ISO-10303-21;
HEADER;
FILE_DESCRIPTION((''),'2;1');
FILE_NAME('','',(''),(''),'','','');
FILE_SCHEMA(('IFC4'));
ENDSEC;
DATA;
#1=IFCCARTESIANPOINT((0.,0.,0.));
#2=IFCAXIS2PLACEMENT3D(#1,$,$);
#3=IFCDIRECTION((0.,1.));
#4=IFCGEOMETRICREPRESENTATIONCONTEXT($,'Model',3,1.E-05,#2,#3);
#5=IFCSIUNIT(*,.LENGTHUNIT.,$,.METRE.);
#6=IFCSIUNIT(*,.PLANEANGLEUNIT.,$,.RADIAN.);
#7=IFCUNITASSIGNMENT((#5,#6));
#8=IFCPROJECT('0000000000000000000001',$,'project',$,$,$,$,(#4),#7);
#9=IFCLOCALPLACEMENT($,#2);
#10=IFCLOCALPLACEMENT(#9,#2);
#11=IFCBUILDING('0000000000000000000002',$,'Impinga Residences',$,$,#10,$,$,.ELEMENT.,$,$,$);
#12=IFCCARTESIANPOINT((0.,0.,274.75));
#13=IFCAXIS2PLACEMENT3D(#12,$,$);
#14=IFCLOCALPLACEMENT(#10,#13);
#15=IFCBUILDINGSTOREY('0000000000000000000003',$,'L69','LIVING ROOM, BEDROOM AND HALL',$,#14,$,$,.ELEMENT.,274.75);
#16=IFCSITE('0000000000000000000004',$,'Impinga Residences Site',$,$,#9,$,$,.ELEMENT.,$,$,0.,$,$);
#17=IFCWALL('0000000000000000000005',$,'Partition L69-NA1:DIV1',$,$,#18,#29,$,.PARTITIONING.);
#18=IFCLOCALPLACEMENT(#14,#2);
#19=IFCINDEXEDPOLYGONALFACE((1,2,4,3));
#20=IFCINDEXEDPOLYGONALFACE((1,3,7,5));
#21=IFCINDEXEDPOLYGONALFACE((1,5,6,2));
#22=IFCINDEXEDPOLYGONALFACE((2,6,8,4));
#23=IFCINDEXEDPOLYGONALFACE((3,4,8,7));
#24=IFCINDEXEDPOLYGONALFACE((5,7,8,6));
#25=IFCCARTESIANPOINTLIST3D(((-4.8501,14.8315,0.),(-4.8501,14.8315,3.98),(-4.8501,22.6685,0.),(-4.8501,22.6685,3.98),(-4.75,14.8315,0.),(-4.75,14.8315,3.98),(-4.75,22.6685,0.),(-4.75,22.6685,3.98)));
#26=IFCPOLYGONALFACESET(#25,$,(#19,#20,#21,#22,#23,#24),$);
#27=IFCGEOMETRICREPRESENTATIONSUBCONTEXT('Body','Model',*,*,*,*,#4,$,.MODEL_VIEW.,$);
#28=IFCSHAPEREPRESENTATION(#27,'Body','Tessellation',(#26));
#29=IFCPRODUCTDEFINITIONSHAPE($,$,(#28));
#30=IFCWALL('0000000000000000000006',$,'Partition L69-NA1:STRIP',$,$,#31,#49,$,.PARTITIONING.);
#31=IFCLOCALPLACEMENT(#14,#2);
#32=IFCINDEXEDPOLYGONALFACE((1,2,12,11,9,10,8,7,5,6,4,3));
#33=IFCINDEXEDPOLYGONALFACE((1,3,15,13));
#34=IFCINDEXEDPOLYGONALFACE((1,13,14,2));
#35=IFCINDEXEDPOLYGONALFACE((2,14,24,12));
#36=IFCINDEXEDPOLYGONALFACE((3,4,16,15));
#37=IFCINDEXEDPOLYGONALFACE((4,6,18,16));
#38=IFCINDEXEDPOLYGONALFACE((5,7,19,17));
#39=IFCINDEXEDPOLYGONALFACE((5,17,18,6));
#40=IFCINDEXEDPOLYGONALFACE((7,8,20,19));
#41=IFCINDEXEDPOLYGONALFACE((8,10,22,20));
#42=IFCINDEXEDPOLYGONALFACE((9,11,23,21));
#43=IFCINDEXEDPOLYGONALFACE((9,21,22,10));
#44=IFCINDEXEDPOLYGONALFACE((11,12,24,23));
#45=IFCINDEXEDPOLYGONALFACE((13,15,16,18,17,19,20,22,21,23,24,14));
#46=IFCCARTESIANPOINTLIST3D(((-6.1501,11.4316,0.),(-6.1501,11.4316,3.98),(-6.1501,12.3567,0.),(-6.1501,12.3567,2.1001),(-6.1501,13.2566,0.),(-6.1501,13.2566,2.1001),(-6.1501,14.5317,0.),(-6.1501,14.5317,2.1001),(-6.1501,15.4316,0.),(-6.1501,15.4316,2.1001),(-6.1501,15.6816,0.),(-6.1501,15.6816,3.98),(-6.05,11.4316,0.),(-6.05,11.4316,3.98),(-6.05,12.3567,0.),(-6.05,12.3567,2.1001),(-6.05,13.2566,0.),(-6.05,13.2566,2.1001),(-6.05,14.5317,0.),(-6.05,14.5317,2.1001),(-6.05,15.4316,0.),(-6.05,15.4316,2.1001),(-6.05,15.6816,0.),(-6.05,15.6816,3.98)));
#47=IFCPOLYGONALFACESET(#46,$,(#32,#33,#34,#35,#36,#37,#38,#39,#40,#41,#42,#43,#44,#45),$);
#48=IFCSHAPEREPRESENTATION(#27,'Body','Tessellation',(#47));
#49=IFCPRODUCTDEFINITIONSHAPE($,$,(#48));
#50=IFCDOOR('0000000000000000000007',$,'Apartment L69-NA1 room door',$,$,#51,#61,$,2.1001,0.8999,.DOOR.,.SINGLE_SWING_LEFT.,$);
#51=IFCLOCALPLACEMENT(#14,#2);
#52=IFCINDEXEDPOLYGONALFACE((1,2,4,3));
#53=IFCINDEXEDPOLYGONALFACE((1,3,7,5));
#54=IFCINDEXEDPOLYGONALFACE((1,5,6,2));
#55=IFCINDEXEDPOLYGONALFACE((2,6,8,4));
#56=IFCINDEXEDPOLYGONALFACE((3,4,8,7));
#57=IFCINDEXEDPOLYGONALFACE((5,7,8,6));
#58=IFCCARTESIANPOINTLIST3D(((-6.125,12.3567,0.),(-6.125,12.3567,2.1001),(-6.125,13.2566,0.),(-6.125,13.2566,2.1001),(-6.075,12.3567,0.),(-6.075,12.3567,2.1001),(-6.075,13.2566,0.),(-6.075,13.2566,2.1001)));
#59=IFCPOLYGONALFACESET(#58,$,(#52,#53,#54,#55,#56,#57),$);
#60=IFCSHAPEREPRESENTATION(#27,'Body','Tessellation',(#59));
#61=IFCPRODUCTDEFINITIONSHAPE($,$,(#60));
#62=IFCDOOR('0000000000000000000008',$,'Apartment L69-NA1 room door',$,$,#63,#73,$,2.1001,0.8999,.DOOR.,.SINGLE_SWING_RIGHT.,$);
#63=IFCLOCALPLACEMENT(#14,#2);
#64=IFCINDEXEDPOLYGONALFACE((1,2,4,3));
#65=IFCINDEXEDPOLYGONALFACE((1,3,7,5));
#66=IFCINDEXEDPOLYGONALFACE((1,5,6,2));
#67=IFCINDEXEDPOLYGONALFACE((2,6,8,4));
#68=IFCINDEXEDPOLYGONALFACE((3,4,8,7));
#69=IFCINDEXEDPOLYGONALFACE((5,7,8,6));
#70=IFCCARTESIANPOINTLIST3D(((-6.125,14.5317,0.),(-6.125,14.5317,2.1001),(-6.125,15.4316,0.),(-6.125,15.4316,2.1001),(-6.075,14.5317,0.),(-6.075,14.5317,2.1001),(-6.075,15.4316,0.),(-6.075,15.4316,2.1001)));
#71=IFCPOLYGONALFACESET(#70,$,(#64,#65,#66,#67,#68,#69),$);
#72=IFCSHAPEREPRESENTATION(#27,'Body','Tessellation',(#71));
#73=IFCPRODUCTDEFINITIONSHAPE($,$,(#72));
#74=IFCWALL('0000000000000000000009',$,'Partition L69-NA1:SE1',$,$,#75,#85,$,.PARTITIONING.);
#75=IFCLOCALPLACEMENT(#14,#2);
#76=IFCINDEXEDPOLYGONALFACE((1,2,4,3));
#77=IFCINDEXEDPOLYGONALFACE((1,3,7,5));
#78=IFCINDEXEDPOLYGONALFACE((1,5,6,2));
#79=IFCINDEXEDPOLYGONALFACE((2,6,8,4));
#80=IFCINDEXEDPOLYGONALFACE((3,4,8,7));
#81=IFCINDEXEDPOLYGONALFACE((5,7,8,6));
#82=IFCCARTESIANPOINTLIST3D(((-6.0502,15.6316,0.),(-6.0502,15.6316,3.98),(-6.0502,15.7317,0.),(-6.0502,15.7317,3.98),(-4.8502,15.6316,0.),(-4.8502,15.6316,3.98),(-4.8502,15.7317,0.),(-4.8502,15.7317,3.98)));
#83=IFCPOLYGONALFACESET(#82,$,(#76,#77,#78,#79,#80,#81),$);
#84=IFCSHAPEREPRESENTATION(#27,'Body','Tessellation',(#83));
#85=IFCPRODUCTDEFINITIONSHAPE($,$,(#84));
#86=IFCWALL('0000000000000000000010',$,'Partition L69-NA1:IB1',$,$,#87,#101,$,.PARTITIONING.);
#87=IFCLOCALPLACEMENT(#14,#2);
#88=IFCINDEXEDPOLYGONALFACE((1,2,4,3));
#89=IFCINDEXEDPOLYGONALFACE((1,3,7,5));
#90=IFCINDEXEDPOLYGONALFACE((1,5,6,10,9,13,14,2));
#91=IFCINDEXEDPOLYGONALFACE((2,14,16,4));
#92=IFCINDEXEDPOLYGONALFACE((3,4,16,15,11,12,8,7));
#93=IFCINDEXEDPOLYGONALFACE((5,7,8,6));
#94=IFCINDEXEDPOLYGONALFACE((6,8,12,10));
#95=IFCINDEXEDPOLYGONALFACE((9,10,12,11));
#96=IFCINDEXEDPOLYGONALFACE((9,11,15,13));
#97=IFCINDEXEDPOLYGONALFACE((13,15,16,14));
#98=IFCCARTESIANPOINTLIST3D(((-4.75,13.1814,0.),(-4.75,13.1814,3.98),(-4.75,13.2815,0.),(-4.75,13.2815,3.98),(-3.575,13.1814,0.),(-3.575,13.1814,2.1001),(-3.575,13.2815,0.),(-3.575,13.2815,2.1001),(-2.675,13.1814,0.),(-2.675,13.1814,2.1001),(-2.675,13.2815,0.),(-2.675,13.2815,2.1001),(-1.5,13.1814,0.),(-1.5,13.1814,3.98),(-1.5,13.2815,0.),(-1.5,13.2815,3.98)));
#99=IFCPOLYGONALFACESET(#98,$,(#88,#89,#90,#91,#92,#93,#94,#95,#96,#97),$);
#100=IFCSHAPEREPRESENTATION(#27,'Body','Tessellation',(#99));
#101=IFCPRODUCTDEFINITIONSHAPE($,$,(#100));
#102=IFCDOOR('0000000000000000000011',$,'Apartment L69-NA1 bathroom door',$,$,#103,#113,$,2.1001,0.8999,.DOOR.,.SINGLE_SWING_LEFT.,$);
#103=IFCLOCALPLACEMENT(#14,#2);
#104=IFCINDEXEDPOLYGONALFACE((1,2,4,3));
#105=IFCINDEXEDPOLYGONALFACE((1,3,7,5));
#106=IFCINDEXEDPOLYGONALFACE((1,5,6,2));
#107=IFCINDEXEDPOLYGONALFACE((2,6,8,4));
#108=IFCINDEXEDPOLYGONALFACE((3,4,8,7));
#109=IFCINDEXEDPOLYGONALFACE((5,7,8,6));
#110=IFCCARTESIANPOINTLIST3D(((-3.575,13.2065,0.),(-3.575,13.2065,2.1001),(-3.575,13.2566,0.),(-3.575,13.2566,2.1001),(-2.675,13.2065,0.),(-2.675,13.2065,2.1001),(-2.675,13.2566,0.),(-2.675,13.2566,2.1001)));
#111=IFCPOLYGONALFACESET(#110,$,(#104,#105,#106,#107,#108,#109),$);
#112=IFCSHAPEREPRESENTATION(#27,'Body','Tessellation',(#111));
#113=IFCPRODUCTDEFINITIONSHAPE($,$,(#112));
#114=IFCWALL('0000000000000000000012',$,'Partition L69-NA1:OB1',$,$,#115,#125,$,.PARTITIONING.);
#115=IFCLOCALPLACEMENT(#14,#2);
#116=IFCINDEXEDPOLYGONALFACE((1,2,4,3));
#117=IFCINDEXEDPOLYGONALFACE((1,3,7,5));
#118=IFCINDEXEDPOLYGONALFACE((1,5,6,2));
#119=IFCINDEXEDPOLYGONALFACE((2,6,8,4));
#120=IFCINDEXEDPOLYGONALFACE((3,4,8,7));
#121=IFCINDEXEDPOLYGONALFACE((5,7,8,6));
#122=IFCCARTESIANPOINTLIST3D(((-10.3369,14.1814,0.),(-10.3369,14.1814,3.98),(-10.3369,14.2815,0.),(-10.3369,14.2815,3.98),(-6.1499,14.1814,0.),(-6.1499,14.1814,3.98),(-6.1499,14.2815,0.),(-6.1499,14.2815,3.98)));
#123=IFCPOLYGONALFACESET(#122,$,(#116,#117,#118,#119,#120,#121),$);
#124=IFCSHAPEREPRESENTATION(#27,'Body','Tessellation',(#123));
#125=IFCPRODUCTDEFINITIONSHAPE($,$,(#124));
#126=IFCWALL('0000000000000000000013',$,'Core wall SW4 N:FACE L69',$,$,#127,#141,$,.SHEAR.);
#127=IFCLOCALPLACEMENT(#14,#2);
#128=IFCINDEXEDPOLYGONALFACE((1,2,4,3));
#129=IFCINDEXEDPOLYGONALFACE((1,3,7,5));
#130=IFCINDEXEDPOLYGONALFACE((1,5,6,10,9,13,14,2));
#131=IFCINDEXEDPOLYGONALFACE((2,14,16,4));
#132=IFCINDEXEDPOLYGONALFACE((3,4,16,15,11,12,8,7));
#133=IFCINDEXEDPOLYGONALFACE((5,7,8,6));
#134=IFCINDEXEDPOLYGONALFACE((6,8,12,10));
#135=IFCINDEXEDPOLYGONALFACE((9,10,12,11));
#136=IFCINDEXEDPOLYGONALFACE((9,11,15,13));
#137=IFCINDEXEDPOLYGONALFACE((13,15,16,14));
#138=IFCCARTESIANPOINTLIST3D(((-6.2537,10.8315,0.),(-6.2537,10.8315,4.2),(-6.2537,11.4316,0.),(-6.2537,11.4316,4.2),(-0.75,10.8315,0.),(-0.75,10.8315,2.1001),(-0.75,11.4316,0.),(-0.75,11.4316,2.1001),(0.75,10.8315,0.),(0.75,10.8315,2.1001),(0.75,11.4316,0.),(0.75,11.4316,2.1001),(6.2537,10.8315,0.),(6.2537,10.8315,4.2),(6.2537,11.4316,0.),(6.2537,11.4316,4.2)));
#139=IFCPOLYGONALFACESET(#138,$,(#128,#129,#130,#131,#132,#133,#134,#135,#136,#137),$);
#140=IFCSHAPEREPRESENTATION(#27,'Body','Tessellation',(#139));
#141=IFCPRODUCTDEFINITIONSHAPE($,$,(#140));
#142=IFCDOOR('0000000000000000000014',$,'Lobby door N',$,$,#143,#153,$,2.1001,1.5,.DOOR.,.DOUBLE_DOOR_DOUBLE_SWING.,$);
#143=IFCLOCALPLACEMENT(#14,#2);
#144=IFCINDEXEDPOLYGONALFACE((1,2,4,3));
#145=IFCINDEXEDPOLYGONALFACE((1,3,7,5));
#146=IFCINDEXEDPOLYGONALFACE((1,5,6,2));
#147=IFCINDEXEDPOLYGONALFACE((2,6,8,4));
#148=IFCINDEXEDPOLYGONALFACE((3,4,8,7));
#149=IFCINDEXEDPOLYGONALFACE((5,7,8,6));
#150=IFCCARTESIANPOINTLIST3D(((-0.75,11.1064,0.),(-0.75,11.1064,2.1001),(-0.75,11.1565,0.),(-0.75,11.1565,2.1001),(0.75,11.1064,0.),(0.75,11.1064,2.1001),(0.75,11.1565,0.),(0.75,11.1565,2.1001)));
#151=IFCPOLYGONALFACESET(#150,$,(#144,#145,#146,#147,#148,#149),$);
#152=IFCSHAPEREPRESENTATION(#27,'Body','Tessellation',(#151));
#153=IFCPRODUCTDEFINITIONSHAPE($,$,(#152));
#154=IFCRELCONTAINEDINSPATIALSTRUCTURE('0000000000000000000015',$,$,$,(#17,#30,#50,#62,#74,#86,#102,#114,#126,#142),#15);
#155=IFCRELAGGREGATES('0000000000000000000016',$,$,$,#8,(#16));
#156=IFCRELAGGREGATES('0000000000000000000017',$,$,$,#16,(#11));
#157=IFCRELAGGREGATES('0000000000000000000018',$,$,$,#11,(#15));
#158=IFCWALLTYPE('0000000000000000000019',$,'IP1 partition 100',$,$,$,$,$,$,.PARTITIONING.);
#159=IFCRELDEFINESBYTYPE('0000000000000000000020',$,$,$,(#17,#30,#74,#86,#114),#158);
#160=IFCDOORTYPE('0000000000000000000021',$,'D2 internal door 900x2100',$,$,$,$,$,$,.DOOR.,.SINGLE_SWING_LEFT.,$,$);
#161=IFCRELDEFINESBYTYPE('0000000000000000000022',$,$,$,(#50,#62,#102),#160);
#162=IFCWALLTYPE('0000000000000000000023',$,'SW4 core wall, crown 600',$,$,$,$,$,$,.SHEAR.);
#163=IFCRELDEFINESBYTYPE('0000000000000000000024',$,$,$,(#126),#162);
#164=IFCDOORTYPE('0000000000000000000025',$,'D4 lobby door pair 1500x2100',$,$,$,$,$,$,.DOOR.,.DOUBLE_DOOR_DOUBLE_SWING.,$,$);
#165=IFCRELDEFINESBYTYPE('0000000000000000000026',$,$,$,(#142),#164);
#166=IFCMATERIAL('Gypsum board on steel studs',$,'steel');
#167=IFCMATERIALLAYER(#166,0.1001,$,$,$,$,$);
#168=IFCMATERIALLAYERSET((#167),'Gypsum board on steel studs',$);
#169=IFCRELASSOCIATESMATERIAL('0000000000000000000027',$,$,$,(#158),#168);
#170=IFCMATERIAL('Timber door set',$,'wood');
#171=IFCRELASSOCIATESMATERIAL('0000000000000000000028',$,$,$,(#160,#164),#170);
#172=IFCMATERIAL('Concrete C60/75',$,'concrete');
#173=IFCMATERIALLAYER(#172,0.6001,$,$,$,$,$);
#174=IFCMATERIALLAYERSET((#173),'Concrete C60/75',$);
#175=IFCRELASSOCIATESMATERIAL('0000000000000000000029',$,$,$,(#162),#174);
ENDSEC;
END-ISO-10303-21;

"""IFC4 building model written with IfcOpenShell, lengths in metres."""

from ifc_helpers import new_model, si_unit, direction, frame, frame_2d, origin, place, context, subcontext, project, spatial, rectangle, extrude, material, layer, layer_set, type_object, element, fill, save


model = new_model("IFC4")

# Units and contexts
model_context = context("Model", 3, precision=1e-05, world=origin(), true_north=direction((0.0, 1.0)))
body_context = subcontext(model_context, "Body", "Model", "MODEL_VIEW")
ifc_project = project(units=[si_unit("LENGTHUNIT", "METRE"), si_unit("PLANEANGLEUNIT", "RADIAN")], contexts=[model_context])

# Site, building, storey
site_placement = place(None, origin())
site = spatial("IfcSite", under=ifc_project, at=site_placement, Name="Impinga Residences Site", CompositionType="ELEMENT", RefElevation=0.0)
building_placement = place(site_placement, origin())
building = spatial("IfcBuilding", under=site, at=building_placement, Name="Impinga Residences", CompositionType="ELEMENT")
storey_placement = place(building_placement, frame((0.0, 0.0, 274.75)))
storey = spatial("IfcBuildingStorey", under=building, at=storey_placement, Name="L69", Description="LIVING ROOM, BEDROOM AND HALL", CompositionType="ELEMENT", Elevation=274.75)

# Shared definitions
ifc_material_1 = material(Name="Concrete C60/75", Category="concrete")
ifc_material_2 = material(Name="Timber door set", Category="wood")

# Wall
ifc_material_3 = material(Name="Gypsum board on steel studs", Category="steel")
ifc_layer_1 = layer(ifc_material_3, 0.1001)
ifc_layer_set_1 = layer_set([ifc_layer_1], Name="Gypsum board on steel studs")
wall_type_1 = type_object("IfcWallType", Name="IP1 partition 100", PredefinedType="PARTITIONING", material=ifc_layer_set_1)
wall_1_placement = place(storey_placement, frame((-4.8, 14.8315, 0.0), z_axis=(0.0, 0.0, 1.0), x_axis=(0.0, 1.0, 0.0)))
element("IfcWall", 1, at=wall_1_placement, inside=storey, type_object=wall_type_1, Name="Partition L69-NA1:DIV1", PredefinedType="PARTITIONING", context=body_context, shape_type="SweptSolid", body=[
    extrude(rectangle(XDim=7.8369, YDim=0.1001, at=frame_2d((3.9185, 0.0))), origin(), (0.0, 0.0, 1.0), 3.98),
])

# Wall, openings, doors
wall_2_placement = place(storey_placement, frame((-6.1001, 11.4316, 0.0), z_axis=(0.0, 0.0, 1.0), x_axis=(0.0, 1.0, 0.0)))
wall_2 = element("IfcWall", 2, at=wall_2_placement, inside=storey, type_object=wall_type_1, Name="Partition L69-NA1:STRIP", PredefinedType="PARTITIONING", context=body_context, shape_type="SweptSolid", body=[
    extrude(rectangle(XDim=4.25, YDim=0.1001, at=frame_2d((2.125, 0.0))), origin(), (0.0, 0.0, 1.0), 3.98),
])
opening_1_placement = place(wall_2_placement, frame((0.925, 0.0, 0.0)))
opening_1 = element("IfcOpeningElement", 3, at=opening_1_placement, cuts=wall_2, PredefinedType="OPENING", context=body_context, shape_type="SweptSolid", body=[
    extrude(rectangle(XDim=0.8999, YDim=2.1001, at=frame_2d((0.45, 1.05))), frame((0.0, 0.0601, 0.0), z_axis=(0.0, -1.0, 0.0), x_axis=(1.0, 0.0, 0.0)), (0.0, 0.0, 1.0), 0.1201),
])
opening_2_placement = place(wall_2_placement, frame((3.1001, 0.0, 0.0)))
opening_2 = element("IfcOpeningElement", 4, at=opening_2_placement, cuts=wall_2, PredefinedType="OPENING", context=body_context, shape_type="SweptSolid", body=[
    extrude(rectangle(XDim=0.8999, YDim=2.1001, at=frame_2d((0.45, 1.05))), frame((0.0, 0.0601, 0.0), z_axis=(0.0, -1.0, 0.0), x_axis=(1.0, 0.0, 0.0)), (0.0, 0.0, 1.0), 0.1201),
])
door_type_1 = type_object("IfcDoorType", Name="D2 internal door 900x2100", OperationType="SINGLE_SWING_LEFT", PredefinedType="DOOR", material=ifc_material_2)
door_1_placement = place(opening_1_placement, origin())
door_1 = element("IfcDoor", 5, at=door_1_placement, inside=storey, type_object=door_type_1, Name="Apartment L69-NA1 room door", OperationType="SINGLE_SWING_LEFT", OverallHeight=2.1001, OverallWidth=0.8999, PredefinedType="DOOR", context=body_context, shape_type="SweptSolid", body=[
    extrude(rectangle(XDim=0.8999, YDim=2.1001, at=frame_2d((0.45, 1.05))), frame((0.0, 0.0249, 0.0), z_axis=(0.0, -1.0, 0.0), x_axis=(1.0, 0.0, 0.0)), (0.0, 0.0, 1.0), 0.05),
])
fill(opening_1, door_1)
door_2_placement = place(opening_2_placement, origin())
door_2 = element("IfcDoor", 6, at=door_2_placement, inside=storey, type_object=door_type_1, Name="Apartment L69-NA1 room door", OperationType="SINGLE_SWING_RIGHT", OverallHeight=2.1001, OverallWidth=0.8999, PredefinedType="DOOR", context=body_context, shape_type="SweptSolid", body=[
    extrude(rectangle(XDim=0.8999, YDim=2.1001, at=frame_2d((0.45, 1.05))), frame((0.0, 0.0249, 0.0), z_axis=(0.0, -1.0, 0.0), x_axis=(1.0, 0.0, 0.0)), (0.0, 0.0, 1.0), 0.05),
])
fill(opening_2, door_2)

# Wall
wall_3_placement = place(storey_placement, frame((-4.8501, 15.6816, 0.0), z_axis=(0.0, 0.0, 1.0), x_axis=(-1.0, 0.0, 0.0)))
element("IfcWall", 7, at=wall_3_placement, inside=storey, type_object=wall_type_1, Name="Partition L69-NA1:SE1", PredefinedType="PARTITIONING", context=body_context, shape_type="SweptSolid", body=[
    extrude(rectangle(XDim=1.2, YDim=0.1001, at=frame_2d((0.6001, 0.0))), origin(), (0.0, 0.0, 1.0), 3.98),
])

# Wall, opening, door
wall_4_placement = place(storey_placement, frame((-1.5, 13.2314, 0.0), z_axis=(0.0, 0.0, 1.0), x_axis=(-1.0, 0.0, 0.0)))
wall_4 = element("IfcWall", 8, at=wall_4_placement, inside=storey, type_object=wall_type_1, Name="Partition L69-NA1:IB1", PredefinedType="PARTITIONING", context=body_context, shape_type="SweptSolid", body=[
    extrude(rectangle(XDim=3.25, YDim=0.1001, at=frame_2d((1.625, 0.0))), origin(), (0.0, 0.0, 1.0), 3.98),
])
opening_3_placement = place(wall_4_placement, frame((1.175, 0.0, 0.0)))
opening_3 = element("IfcOpeningElement", 9, at=opening_3_placement, cuts=wall_4, PredefinedType="OPENING", context=body_context, shape_type="SweptSolid", body=[
    extrude(rectangle(XDim=0.8999, YDim=2.1001, at=frame_2d((0.45, 1.05))), frame((0.0, 0.0601, 0.0), z_axis=(0.0, -1.0, 0.0), x_axis=(1.0, 0.0, 0.0)), (0.0, 0.0, 1.0), 0.1201),
])
door_3_placement = place(opening_3_placement, origin())
door_3 = element("IfcDoor", 10, at=door_3_placement, inside=storey, type_object=door_type_1, Name="Apartment L69-NA1 bathroom door", OperationType="SINGLE_SWING_LEFT", OverallHeight=2.1001, OverallWidth=0.8999, PredefinedType="DOOR", context=body_context, shape_type="SweptSolid", body=[
    extrude(rectangle(XDim=0.8999, YDim=2.1001, at=frame_2d((0.45, 1.05))), frame((0.0, 0.0249, 0.0), z_axis=(0.0, -1.0, 0.0), x_axis=(1.0, 0.0, 0.0)), (0.0, 0.0, 1.0), 0.05),
])
fill(opening_3, door_3)

# Wall
wall_5_placement = place(storey_placement, frame((-6.1499, 14.2314, 0.0), z_axis=(0.0, 0.0, 1.0), x_axis=(-1.0, 0.0, 0.0)))
element("IfcWall", 11, at=wall_5_placement, inside=storey, type_object=wall_type_1, Name="Partition L69-NA1:OB1", PredefinedType="PARTITIONING", context=body_context, shape_type="SweptSolid", body=[
    extrude(rectangle(XDim=4.187, YDim=0.1001, at=frame_2d((2.0935, 0.0))), origin(), (0.0, 0.0, 1.0), 3.98),
])

# Wall, opening, door
ifc_layer_2 = layer(ifc_material_1, 0.6001)
ifc_layer_set_2 = layer_set([ifc_layer_2], Name="Concrete C60/75")
wall_type_2 = type_object("IfcWallType", Name="SW4 core wall, crown 600", PredefinedType="SHEAR", material=ifc_layer_set_2)
wall_6_placement = place(storey_placement, frame((-6.2537, 11.1316, 0.0), z_axis=(0.0, 0.0, 1.0), x_axis=(1.0, 0.0, 0.0)))
wall_6 = element("IfcWall", 12, at=wall_6_placement, inside=storey, type_object=wall_type_2, Name="Core wall SW4 N:FACE L69", PredefinedType="SHEAR", context=body_context, shape_type="SweptSolid", body=[
    extrude(rectangle(XDim=12.5073, YDim=0.6001, at=frame_2d((6.2537, 0.0))), origin(), (0.0, 0.0, 1.0), 4.2),
])
opening_4_placement = place(wall_6_placement, frame((5.5037, 0.0, 0.0)))
opening_4 = element("IfcOpeningElement", 13, at=opening_4_placement, cuts=wall_6, PredefinedType="OPENING", context=body_context, shape_type="SweptSolid", body=[
    extrude(rectangle(XDim=1.5, YDim=2.1001, at=frame_2d((0.75, 1.05))), frame((0.0, 0.3101, 0.0), z_axis=(0.0, -1.0, 0.0), x_axis=(1.0, 0.0, 0.0)), (0.0, 0.0, 1.0), 0.6201),
])
door_type_2 = type_object("IfcDoorType", Name="D4 lobby door pair 1500x2100", OperationType="DOUBLE_DOOR_DOUBLE_SWING", PredefinedType="DOOR", material=ifc_material_2)
door_4_placement = place(opening_4_placement, origin())
door_4 = element("IfcDoor", 14, at=door_4_placement, inside=storey, type_object=door_type_2, Name="Lobby door N", OperationType="DOUBLE_DOOR_DOUBLE_SWING", OverallHeight=2.1001, OverallWidth=1.5, PredefinedType="DOOR", context=body_context, shape_type="SweptSolid", body=[
    extrude(rectangle(XDim=1.5, YDim=2.1001, at=frame_2d((0.75, 1.05))), frame((0.0, 0.0249, 0.0), z_axis=(0.0, -1.0, 0.0), x_axis=(1.0, 0.0, 0.0)), (0.0, 0.0, 1.0), 0.05),
])
fill(opening_4, door_4)

save(model, "model.ifc")
